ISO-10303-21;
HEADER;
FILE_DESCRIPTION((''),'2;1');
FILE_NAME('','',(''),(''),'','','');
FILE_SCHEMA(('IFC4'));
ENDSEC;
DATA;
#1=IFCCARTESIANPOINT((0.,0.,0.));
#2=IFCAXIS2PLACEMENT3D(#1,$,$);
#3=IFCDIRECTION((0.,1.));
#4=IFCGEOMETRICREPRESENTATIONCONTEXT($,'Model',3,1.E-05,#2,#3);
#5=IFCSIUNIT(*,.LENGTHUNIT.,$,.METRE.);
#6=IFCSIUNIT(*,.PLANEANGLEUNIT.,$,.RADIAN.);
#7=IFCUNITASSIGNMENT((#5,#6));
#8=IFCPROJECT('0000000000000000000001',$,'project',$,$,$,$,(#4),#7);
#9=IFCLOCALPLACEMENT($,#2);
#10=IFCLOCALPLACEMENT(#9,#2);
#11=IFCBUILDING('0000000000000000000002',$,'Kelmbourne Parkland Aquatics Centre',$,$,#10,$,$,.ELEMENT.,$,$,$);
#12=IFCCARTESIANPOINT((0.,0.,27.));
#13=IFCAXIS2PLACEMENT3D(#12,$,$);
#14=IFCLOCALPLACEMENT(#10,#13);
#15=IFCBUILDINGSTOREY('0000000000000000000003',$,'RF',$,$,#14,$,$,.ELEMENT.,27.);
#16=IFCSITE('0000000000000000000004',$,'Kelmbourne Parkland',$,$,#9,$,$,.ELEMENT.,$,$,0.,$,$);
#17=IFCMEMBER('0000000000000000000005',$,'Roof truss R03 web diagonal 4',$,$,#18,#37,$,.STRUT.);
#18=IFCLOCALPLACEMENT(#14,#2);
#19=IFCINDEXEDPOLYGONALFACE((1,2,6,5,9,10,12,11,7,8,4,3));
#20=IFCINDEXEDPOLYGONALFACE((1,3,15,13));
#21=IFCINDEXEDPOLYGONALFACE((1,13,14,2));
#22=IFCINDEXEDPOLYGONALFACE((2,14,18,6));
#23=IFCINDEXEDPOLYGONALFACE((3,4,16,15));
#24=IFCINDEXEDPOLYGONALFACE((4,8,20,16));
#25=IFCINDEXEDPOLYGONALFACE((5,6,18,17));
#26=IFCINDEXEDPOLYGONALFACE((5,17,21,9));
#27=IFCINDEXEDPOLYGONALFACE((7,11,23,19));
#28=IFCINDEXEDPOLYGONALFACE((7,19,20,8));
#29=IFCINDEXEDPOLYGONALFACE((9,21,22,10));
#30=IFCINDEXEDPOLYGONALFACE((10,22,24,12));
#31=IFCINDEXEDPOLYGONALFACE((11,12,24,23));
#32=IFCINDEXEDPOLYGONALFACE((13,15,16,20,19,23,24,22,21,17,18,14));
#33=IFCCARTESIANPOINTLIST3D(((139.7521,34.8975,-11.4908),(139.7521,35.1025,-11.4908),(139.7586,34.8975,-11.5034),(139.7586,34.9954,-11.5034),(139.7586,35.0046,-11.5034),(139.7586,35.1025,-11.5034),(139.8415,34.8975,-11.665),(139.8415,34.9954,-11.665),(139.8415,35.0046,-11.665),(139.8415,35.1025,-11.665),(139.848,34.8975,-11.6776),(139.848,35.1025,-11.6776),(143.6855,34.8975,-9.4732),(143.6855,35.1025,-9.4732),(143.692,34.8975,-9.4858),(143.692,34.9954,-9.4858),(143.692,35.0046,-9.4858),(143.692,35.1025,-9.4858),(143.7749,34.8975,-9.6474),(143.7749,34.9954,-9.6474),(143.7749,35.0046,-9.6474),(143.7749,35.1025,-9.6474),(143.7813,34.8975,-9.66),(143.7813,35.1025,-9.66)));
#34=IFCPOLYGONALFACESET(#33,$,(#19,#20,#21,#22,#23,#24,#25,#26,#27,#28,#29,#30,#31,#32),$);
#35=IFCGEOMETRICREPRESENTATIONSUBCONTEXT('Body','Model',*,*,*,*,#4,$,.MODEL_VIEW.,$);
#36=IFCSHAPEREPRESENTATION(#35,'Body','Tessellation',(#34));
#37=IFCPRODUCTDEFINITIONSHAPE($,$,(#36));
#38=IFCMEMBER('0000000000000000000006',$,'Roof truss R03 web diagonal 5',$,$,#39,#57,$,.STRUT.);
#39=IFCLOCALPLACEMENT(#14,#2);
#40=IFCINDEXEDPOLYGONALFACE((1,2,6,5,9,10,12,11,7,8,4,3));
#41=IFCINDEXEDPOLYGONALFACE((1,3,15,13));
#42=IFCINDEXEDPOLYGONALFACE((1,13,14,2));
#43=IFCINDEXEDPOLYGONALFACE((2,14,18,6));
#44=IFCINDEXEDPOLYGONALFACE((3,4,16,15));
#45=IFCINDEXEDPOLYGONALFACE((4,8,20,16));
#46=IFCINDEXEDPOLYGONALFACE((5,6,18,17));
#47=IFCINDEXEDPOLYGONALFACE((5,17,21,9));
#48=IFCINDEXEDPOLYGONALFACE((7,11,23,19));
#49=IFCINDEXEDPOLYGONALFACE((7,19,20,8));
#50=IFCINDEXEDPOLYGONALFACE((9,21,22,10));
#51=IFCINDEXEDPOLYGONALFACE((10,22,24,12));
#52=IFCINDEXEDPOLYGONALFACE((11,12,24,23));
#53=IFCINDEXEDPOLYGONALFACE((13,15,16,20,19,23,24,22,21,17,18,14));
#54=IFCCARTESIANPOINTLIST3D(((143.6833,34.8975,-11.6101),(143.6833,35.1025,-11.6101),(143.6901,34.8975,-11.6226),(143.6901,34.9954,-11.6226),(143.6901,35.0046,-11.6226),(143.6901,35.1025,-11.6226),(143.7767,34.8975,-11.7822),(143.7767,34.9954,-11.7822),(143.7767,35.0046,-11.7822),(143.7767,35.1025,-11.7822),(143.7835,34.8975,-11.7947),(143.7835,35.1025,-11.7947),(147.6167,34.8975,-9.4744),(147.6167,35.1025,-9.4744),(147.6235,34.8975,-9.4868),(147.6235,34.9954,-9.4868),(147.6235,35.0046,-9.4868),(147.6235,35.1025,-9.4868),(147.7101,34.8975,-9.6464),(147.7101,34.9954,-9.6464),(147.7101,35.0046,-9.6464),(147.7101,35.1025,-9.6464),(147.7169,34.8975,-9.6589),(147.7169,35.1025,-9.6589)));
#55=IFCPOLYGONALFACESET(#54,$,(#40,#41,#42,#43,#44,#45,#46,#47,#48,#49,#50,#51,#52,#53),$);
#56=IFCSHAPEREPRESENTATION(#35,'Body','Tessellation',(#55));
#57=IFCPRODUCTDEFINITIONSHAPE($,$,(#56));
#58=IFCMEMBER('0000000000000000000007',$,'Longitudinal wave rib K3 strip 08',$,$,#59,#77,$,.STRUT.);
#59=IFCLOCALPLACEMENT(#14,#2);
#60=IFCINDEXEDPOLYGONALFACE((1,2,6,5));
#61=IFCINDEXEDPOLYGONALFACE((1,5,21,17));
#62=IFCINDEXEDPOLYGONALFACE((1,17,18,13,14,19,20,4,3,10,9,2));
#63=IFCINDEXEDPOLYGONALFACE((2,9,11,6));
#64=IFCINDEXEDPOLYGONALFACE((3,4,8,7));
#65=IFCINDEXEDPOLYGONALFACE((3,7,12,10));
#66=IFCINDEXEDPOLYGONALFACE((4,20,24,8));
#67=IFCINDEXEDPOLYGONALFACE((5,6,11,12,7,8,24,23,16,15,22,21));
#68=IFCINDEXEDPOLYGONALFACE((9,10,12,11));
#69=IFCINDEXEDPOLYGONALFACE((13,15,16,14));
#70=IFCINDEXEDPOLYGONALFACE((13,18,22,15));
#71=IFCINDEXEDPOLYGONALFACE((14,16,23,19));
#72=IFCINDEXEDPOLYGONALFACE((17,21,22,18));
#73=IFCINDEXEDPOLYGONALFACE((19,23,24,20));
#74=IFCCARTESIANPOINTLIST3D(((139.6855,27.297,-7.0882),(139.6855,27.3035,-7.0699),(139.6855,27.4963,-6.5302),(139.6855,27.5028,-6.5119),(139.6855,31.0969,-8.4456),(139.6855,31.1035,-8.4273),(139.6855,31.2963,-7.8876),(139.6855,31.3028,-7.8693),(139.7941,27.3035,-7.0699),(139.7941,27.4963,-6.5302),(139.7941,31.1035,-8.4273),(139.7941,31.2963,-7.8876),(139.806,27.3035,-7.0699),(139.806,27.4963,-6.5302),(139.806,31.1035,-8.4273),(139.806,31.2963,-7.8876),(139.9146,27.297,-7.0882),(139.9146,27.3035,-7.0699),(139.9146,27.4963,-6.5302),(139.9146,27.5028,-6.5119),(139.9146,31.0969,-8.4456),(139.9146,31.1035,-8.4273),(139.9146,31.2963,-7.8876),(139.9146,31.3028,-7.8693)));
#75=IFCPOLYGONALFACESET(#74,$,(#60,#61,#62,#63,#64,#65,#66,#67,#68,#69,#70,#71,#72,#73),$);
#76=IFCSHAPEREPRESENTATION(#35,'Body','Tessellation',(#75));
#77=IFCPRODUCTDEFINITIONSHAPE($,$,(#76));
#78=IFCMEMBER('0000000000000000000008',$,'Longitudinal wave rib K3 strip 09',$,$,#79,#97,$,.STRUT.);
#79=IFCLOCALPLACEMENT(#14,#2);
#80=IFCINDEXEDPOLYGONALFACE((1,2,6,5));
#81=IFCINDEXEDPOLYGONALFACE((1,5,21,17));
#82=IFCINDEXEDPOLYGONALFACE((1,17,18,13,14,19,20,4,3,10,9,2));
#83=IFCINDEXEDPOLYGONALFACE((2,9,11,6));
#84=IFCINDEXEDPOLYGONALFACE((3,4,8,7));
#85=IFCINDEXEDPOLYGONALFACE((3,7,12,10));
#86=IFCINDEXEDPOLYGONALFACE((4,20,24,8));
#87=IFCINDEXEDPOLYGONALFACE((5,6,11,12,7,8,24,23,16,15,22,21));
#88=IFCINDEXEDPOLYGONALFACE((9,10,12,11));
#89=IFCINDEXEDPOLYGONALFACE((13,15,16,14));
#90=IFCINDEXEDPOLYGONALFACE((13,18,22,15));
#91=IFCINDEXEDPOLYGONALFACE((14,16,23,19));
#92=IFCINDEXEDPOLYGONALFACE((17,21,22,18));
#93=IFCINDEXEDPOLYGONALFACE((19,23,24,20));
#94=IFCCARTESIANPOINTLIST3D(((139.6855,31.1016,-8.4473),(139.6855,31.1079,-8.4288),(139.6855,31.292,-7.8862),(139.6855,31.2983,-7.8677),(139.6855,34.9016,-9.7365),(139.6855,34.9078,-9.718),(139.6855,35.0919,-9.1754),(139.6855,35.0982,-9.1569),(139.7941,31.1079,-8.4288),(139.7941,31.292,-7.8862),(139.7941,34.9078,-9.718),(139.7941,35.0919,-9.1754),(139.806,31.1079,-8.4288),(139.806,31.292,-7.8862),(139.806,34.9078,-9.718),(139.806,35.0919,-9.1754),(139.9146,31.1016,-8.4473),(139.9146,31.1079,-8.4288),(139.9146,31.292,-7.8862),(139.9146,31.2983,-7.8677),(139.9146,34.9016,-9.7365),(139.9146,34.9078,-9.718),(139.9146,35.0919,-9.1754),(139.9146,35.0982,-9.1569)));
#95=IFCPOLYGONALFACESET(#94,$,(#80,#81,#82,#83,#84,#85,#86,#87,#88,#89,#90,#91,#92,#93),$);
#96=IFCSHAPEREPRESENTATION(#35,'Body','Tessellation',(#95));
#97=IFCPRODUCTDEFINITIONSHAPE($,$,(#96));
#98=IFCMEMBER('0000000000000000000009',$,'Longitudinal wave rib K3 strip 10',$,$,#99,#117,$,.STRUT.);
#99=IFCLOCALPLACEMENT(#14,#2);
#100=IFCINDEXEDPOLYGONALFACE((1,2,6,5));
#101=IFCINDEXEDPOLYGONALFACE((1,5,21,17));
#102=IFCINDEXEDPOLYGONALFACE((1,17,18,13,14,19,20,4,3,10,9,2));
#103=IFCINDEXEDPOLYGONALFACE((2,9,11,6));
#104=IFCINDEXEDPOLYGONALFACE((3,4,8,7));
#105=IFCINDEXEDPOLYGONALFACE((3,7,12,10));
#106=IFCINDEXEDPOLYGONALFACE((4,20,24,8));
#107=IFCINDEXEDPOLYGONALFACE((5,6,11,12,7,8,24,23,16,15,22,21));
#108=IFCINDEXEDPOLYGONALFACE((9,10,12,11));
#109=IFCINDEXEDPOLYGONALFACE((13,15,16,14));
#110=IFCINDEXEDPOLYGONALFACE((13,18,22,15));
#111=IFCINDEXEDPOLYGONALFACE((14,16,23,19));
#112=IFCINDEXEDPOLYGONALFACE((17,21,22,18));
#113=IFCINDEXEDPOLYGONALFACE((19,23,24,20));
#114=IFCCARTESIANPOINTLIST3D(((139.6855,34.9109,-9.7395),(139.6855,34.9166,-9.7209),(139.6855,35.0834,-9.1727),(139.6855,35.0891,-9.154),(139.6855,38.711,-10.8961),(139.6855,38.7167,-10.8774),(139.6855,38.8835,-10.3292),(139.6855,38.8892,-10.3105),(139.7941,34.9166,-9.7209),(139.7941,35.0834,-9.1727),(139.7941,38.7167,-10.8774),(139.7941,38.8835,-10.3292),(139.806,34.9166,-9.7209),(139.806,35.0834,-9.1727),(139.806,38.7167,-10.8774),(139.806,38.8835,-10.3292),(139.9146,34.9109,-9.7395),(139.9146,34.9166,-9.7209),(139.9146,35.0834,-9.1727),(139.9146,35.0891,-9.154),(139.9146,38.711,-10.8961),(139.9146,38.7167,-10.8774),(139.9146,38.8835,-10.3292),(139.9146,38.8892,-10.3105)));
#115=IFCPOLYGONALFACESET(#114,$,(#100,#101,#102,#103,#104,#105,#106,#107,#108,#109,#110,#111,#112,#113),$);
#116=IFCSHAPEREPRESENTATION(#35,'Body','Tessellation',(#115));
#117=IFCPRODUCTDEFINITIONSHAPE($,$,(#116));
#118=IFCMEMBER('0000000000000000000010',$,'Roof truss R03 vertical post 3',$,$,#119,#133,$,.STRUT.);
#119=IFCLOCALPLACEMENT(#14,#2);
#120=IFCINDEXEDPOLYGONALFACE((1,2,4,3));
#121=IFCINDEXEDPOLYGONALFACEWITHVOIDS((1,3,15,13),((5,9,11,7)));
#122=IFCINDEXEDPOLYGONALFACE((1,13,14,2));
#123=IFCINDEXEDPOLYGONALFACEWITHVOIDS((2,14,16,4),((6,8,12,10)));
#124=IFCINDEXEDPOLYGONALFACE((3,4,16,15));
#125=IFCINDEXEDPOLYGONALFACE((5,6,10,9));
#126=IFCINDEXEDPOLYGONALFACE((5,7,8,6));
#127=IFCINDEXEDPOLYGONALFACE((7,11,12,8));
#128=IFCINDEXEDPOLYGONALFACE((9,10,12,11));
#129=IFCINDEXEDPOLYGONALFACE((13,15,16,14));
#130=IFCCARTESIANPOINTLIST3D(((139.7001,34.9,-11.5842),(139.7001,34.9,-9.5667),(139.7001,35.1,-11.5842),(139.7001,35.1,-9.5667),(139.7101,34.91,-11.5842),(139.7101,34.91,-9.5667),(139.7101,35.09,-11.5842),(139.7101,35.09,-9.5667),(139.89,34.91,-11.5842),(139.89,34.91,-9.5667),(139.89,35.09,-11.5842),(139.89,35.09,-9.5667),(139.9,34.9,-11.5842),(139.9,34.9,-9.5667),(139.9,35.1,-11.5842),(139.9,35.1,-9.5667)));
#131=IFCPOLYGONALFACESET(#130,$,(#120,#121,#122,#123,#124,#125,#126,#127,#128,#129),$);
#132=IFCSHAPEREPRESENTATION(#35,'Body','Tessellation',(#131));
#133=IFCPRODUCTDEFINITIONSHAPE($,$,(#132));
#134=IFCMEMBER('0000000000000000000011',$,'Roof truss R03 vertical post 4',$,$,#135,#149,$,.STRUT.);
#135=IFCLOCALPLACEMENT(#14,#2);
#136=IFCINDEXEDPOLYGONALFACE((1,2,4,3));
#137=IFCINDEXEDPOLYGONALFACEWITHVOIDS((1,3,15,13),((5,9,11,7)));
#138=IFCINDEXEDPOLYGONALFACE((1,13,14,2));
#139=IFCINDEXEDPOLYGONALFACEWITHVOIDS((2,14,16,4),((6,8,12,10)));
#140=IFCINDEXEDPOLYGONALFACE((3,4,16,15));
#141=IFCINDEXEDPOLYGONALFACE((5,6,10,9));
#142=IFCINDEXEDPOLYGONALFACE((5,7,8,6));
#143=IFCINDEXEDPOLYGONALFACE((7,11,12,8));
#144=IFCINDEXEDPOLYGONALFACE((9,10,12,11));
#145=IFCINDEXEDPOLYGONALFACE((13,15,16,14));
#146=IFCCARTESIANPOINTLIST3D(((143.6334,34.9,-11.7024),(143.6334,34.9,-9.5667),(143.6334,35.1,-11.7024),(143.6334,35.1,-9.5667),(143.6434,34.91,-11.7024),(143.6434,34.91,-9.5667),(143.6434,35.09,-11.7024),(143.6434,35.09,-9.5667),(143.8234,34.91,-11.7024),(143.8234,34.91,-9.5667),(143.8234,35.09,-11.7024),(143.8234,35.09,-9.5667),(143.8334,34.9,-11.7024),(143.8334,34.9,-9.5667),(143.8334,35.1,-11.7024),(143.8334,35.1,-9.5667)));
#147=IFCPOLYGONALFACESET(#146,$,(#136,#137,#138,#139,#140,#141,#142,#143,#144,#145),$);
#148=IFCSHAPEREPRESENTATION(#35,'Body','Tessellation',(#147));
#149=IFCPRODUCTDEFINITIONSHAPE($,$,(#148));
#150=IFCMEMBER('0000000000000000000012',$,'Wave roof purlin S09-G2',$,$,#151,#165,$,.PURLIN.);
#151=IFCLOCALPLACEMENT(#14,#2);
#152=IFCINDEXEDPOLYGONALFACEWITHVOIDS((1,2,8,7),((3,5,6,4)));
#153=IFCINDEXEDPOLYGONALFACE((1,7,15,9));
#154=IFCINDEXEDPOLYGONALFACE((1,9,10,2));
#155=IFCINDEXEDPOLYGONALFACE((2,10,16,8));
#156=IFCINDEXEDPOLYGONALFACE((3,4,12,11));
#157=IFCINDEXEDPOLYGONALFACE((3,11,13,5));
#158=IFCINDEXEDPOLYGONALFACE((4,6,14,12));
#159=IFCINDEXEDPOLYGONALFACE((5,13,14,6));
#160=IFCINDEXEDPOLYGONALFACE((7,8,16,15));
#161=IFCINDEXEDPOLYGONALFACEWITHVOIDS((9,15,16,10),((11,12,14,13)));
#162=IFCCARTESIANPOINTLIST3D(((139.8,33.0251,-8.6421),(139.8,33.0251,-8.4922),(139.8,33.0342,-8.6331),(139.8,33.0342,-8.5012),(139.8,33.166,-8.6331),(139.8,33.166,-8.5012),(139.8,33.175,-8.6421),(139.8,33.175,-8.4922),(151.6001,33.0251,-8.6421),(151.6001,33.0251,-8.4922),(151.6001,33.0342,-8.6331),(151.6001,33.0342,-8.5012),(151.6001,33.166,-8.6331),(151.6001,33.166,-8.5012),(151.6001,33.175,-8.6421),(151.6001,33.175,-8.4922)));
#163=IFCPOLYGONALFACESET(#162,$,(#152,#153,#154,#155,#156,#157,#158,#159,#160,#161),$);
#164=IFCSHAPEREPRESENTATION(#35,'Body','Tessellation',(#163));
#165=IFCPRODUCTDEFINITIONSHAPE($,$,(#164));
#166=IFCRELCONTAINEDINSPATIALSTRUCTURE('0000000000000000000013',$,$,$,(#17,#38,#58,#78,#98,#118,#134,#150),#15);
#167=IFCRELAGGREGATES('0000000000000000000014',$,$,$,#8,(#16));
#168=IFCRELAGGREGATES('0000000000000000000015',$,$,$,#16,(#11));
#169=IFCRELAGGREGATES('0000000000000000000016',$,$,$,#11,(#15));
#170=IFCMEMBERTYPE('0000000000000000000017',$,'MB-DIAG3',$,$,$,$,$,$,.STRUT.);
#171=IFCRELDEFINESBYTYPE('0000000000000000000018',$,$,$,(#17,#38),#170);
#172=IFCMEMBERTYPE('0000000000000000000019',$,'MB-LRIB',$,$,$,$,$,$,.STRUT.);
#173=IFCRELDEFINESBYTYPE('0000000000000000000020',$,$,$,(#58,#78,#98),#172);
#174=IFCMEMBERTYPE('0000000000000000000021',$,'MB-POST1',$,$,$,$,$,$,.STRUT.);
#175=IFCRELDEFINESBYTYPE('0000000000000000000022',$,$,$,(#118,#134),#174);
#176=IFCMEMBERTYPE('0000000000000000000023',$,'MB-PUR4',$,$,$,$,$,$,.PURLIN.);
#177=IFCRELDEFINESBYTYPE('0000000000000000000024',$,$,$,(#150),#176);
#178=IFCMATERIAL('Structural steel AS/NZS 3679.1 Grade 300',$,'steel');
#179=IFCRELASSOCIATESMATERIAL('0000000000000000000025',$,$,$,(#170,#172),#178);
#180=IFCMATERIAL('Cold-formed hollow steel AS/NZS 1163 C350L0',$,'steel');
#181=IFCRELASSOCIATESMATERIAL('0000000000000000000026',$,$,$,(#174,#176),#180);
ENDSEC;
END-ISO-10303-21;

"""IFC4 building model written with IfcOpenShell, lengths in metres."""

from ifc_helpers import new_model, si_unit, direction, frame, origin, origin_2d, place, context, subcontext, project, spatial, hollow_rectangle, i_section, extrude, material, material_profile, profile_set, type_object, element, save


model = new_model("IFC4")

# Units and contexts
model_context = context("Model", 3, precision=1e-05, world=origin(), true_north=direction((0.0, 1.0)))
body_context = subcontext(model_context, "Body", "Model", "MODEL_VIEW")
ifc_project = project(units=[si_unit("LENGTHUNIT", "METRE"), si_unit("PLANEANGLEUNIT", "RADIAN")], contexts=[model_context])

# Site, building, storey
site_placement = place(None, origin())
site = spatial("IfcSite", under=ifc_project, at=site_placement, Name="Kelmbourne Parkland", CompositionType="ELEMENT", RefElevation=0.0)
building_placement = place(site_placement, origin())
building = spatial("IfcBuilding", under=site, at=building_placement, Name="Kelmbourne Parkland Aquatics Centre", CompositionType="ELEMENT")
storey_placement = place(building_placement, frame((0.0, 0.0, 27.0)))
storey = spatial("IfcBuildingStorey", under=building, at=storey_placement, Name="RF", CompositionType="ELEMENT", Elevation=27.0)

# Members
ifc_material_1 = material(Name="Structural steel AS/NZS 3679.1 Grade 300", Category="steel")
ifc_material_profile_1 = material_profile(ifc_material_1, i_section(OverallWidth=0.2051, OverallDepth=0.21, WebThickness=0.0093, FlangeThickness=0.0142, at=origin_2d()), Name="200UC59.5")
ifc_profile_set_1 = profile_set([ifc_material_profile_1], Name="Structural steel AS/NZS 3679.1 Grade 300")
member_type_1 = type_object("IfcMemberType", Name="MB-DIAG3", PredefinedType="STRUT", material=ifc_profile_set_1)
member_1_placement = place(storey_placement, frame((139.8, 35.0, -11.5842), z_axis=(0.889774, 0.0, 0.456402), x_axis=(0.0, 1.0, 0.0)))
element("IfcMember", 1, at=member_1_placement, inside=storey, type_object=member_type_1, Name="Roof truss R03 web diagonal 4", PredefinedType="STRUT", context=body_context, shape_type="SweptSolid", body=[
    extrude(i_section(OverallWidth=0.2051, OverallDepth=0.21, WebThickness=0.0093, FlangeThickness=0.0142, at=origin_2d()), origin(), (0.0, 0.0, 1.0), 4.4207),
])
member_2_placement = place(storey_placement, frame((143.7334, 35.0, -11.7024), z_axis=(0.878807, 0.0, 0.477177), x_axis=(0.0, 1.0, 0.0)))
element("IfcMember", 2, at=member_2_placement, inside=storey, type_object=member_type_1, Name="Roof truss R03 web diagonal 5", PredefinedType="STRUT", context=body_context, shape_type="SweptSolid", body=[
    extrude(i_section(OverallWidth=0.2051, OverallDepth=0.21, WebThickness=0.0093, FlangeThickness=0.0142, at=origin_2d()), origin(), (0.0, 0.0, 1.0), 4.4758),
])
ifc_material_profile_2 = material_profile(ifc_material_1, i_section(OverallWidth=0.229, OverallDepth=0.6121, WebThickness=0.012, FlangeThickness=0.0195, at=origin_2d()), Name="610UB125")
ifc_profile_set_2 = profile_set([ifc_material_profile_2], Name="Structural steel AS/NZS 3679.1 Grade 300")
member_type_2 = type_object("IfcMemberType", Name="MB-LRIB", PredefinedType="STRUT", material=ifc_profile_set_2)
member_3_placement = place(storey_placement, frame((139.8, 27.3999, -6.8), z_axis=(0.0, 0.941721, -0.336394), x_axis=(-1.0, 0.0, 0.0)))
element("IfcMember", 3, at=member_3_placement, inside=storey, type_object=member_type_2, Name="Longitudinal wave rib K3 strip 08", PredefinedType="STRUT", context=body_context, shape_type="SweptSolid", body=[
    extrude(i_section(OverallWidth=0.229, OverallDepth=0.6121, WebThickness=0.012, FlangeThickness=0.0195, at=origin_2d()), origin(), (0.0, 0.0, 1.0), 4.0352),
])
member_4_placement = place(storey_placement, frame((139.8, 31.2, -8.1575), z_axis=(0.0, 0.946978, -0.321297), x_axis=(-1.0, 0.0, 0.0)))
element("IfcMember", 4, at=member_4_placement, inside=storey, type_object=member_type_2, Name="Longitudinal wave rib K3 strip 09", PredefinedType="STRUT", context=body_context, shape_type="SweptSolid", body=[
    extrude(i_section(OverallWidth=0.229, OverallDepth=0.6121, WebThickness=0.012, FlangeThickness=0.0195, at=origin_2d()), origin(), (0.0, 0.0, 1.0), 4.0127),
])
member_5_placement = place(storey_placement, frame((139.8, 35.0, -9.4468), z_axis=(0.0, 0.956677, -0.291152), x_axis=(-1.0, 0.0, 0.0)))
element("IfcMember", 5, at=member_5_placement, inside=storey, type_object=member_type_2, Name="Longitudinal wave rib K3 strip 10", PredefinedType="STRUT", context=body_context, shape_type="SweptSolid", body=[
    extrude(i_section(OverallWidth=0.229, OverallDepth=0.6121, WebThickness=0.012, FlangeThickness=0.0195, at=origin_2d()), origin(), (0.0, 0.0, 1.0), 3.9722),
])
ifc_material_2 = material(Name="Cold-formed hollow steel AS/NZS 1163 C350L0", Category="steel")
ifc_material_profile_3 = material_profile(ifc_material_2, hollow_rectangle(XDim=0.2, YDim=0.2, WallThickness=0.01, at=origin_2d()), Name="SHS 200x200x10.0")
ifc_profile_set_3 = profile_set([ifc_material_profile_3], Name="Cold-formed hollow steel AS/NZS 1163 C350L0")
member_type_3 = type_object("IfcMemberType", Name="MB-POST1", PredefinedType="STRUT", material=ifc_profile_set_3)
member_6_placement = place(storey_placement, frame((139.8, 35.0, -11.5842), z_axis=(0.0, 0.0, 1.0), x_axis=(1.0, 0.0, 0.0)))
element("IfcMember", 6, at=member_6_placement, inside=storey, type_object=member_type_3, Name="Roof truss R03 vertical post 3", PredefinedType="STRUT", context=body_context, shape_type="SweptSolid", body=[
    extrude(hollow_rectangle(XDim=0.2, YDim=0.2, WallThickness=0.01, at=origin_2d()), origin(), (0.0, 0.0, 1.0), 2.0176),
])
member_7_placement = place(storey_placement, frame((143.7334, 35.0, -11.7024), z_axis=(0.0, 0.0, 1.0), x_axis=(1.0, 0.0, 0.0)))
element("IfcMember", 7, at=member_7_placement, inside=storey, type_object=member_type_3, Name="Roof truss R03 vertical post 4", PredefinedType="STRUT", context=body_context, shape_type="SweptSolid", body=[
    extrude(hollow_rectangle(XDim=0.2, YDim=0.2, WallThickness=0.01, at=origin_2d()), origin(), (0.0, 0.0, 1.0), 2.1357),
])
ifc_material_profile_4 = material_profile(ifc_material_2, hollow_rectangle(XDim=0.1499, YDim=0.1499, WallThickness=0.009, at=origin_2d()), Name="SHS 150x150x9.0")
ifc_profile_set_4 = profile_set([ifc_material_profile_4], Name="Cold-formed hollow steel AS/NZS 1163 C350L0")
member_type_4 = type_object("IfcMemberType", Name="MB-PUR4", PredefinedType="PURLIN", material=ifc_profile_set_4)
member_8_placement = place(storey_placement, frame((139.8, 33.1001, -8.5671), z_axis=(1.0, 0.0, 0.0), x_axis=(0.0, 1.0, 0.0)))
element("IfcMember", 8, at=member_8_placement, inside=storey, type_object=member_type_4, Name="Wave roof purlin S09-G2", PredefinedType="PURLIN", context=body_context, shape_type="SweptSolid", body=[
    extrude(hollow_rectangle(XDim=0.1499, YDim=0.1499, WallThickness=0.009, at=origin_2d()), origin(), (0.0, 0.0, 1.0), 11.8),
])

save(model, "model.ifc")
